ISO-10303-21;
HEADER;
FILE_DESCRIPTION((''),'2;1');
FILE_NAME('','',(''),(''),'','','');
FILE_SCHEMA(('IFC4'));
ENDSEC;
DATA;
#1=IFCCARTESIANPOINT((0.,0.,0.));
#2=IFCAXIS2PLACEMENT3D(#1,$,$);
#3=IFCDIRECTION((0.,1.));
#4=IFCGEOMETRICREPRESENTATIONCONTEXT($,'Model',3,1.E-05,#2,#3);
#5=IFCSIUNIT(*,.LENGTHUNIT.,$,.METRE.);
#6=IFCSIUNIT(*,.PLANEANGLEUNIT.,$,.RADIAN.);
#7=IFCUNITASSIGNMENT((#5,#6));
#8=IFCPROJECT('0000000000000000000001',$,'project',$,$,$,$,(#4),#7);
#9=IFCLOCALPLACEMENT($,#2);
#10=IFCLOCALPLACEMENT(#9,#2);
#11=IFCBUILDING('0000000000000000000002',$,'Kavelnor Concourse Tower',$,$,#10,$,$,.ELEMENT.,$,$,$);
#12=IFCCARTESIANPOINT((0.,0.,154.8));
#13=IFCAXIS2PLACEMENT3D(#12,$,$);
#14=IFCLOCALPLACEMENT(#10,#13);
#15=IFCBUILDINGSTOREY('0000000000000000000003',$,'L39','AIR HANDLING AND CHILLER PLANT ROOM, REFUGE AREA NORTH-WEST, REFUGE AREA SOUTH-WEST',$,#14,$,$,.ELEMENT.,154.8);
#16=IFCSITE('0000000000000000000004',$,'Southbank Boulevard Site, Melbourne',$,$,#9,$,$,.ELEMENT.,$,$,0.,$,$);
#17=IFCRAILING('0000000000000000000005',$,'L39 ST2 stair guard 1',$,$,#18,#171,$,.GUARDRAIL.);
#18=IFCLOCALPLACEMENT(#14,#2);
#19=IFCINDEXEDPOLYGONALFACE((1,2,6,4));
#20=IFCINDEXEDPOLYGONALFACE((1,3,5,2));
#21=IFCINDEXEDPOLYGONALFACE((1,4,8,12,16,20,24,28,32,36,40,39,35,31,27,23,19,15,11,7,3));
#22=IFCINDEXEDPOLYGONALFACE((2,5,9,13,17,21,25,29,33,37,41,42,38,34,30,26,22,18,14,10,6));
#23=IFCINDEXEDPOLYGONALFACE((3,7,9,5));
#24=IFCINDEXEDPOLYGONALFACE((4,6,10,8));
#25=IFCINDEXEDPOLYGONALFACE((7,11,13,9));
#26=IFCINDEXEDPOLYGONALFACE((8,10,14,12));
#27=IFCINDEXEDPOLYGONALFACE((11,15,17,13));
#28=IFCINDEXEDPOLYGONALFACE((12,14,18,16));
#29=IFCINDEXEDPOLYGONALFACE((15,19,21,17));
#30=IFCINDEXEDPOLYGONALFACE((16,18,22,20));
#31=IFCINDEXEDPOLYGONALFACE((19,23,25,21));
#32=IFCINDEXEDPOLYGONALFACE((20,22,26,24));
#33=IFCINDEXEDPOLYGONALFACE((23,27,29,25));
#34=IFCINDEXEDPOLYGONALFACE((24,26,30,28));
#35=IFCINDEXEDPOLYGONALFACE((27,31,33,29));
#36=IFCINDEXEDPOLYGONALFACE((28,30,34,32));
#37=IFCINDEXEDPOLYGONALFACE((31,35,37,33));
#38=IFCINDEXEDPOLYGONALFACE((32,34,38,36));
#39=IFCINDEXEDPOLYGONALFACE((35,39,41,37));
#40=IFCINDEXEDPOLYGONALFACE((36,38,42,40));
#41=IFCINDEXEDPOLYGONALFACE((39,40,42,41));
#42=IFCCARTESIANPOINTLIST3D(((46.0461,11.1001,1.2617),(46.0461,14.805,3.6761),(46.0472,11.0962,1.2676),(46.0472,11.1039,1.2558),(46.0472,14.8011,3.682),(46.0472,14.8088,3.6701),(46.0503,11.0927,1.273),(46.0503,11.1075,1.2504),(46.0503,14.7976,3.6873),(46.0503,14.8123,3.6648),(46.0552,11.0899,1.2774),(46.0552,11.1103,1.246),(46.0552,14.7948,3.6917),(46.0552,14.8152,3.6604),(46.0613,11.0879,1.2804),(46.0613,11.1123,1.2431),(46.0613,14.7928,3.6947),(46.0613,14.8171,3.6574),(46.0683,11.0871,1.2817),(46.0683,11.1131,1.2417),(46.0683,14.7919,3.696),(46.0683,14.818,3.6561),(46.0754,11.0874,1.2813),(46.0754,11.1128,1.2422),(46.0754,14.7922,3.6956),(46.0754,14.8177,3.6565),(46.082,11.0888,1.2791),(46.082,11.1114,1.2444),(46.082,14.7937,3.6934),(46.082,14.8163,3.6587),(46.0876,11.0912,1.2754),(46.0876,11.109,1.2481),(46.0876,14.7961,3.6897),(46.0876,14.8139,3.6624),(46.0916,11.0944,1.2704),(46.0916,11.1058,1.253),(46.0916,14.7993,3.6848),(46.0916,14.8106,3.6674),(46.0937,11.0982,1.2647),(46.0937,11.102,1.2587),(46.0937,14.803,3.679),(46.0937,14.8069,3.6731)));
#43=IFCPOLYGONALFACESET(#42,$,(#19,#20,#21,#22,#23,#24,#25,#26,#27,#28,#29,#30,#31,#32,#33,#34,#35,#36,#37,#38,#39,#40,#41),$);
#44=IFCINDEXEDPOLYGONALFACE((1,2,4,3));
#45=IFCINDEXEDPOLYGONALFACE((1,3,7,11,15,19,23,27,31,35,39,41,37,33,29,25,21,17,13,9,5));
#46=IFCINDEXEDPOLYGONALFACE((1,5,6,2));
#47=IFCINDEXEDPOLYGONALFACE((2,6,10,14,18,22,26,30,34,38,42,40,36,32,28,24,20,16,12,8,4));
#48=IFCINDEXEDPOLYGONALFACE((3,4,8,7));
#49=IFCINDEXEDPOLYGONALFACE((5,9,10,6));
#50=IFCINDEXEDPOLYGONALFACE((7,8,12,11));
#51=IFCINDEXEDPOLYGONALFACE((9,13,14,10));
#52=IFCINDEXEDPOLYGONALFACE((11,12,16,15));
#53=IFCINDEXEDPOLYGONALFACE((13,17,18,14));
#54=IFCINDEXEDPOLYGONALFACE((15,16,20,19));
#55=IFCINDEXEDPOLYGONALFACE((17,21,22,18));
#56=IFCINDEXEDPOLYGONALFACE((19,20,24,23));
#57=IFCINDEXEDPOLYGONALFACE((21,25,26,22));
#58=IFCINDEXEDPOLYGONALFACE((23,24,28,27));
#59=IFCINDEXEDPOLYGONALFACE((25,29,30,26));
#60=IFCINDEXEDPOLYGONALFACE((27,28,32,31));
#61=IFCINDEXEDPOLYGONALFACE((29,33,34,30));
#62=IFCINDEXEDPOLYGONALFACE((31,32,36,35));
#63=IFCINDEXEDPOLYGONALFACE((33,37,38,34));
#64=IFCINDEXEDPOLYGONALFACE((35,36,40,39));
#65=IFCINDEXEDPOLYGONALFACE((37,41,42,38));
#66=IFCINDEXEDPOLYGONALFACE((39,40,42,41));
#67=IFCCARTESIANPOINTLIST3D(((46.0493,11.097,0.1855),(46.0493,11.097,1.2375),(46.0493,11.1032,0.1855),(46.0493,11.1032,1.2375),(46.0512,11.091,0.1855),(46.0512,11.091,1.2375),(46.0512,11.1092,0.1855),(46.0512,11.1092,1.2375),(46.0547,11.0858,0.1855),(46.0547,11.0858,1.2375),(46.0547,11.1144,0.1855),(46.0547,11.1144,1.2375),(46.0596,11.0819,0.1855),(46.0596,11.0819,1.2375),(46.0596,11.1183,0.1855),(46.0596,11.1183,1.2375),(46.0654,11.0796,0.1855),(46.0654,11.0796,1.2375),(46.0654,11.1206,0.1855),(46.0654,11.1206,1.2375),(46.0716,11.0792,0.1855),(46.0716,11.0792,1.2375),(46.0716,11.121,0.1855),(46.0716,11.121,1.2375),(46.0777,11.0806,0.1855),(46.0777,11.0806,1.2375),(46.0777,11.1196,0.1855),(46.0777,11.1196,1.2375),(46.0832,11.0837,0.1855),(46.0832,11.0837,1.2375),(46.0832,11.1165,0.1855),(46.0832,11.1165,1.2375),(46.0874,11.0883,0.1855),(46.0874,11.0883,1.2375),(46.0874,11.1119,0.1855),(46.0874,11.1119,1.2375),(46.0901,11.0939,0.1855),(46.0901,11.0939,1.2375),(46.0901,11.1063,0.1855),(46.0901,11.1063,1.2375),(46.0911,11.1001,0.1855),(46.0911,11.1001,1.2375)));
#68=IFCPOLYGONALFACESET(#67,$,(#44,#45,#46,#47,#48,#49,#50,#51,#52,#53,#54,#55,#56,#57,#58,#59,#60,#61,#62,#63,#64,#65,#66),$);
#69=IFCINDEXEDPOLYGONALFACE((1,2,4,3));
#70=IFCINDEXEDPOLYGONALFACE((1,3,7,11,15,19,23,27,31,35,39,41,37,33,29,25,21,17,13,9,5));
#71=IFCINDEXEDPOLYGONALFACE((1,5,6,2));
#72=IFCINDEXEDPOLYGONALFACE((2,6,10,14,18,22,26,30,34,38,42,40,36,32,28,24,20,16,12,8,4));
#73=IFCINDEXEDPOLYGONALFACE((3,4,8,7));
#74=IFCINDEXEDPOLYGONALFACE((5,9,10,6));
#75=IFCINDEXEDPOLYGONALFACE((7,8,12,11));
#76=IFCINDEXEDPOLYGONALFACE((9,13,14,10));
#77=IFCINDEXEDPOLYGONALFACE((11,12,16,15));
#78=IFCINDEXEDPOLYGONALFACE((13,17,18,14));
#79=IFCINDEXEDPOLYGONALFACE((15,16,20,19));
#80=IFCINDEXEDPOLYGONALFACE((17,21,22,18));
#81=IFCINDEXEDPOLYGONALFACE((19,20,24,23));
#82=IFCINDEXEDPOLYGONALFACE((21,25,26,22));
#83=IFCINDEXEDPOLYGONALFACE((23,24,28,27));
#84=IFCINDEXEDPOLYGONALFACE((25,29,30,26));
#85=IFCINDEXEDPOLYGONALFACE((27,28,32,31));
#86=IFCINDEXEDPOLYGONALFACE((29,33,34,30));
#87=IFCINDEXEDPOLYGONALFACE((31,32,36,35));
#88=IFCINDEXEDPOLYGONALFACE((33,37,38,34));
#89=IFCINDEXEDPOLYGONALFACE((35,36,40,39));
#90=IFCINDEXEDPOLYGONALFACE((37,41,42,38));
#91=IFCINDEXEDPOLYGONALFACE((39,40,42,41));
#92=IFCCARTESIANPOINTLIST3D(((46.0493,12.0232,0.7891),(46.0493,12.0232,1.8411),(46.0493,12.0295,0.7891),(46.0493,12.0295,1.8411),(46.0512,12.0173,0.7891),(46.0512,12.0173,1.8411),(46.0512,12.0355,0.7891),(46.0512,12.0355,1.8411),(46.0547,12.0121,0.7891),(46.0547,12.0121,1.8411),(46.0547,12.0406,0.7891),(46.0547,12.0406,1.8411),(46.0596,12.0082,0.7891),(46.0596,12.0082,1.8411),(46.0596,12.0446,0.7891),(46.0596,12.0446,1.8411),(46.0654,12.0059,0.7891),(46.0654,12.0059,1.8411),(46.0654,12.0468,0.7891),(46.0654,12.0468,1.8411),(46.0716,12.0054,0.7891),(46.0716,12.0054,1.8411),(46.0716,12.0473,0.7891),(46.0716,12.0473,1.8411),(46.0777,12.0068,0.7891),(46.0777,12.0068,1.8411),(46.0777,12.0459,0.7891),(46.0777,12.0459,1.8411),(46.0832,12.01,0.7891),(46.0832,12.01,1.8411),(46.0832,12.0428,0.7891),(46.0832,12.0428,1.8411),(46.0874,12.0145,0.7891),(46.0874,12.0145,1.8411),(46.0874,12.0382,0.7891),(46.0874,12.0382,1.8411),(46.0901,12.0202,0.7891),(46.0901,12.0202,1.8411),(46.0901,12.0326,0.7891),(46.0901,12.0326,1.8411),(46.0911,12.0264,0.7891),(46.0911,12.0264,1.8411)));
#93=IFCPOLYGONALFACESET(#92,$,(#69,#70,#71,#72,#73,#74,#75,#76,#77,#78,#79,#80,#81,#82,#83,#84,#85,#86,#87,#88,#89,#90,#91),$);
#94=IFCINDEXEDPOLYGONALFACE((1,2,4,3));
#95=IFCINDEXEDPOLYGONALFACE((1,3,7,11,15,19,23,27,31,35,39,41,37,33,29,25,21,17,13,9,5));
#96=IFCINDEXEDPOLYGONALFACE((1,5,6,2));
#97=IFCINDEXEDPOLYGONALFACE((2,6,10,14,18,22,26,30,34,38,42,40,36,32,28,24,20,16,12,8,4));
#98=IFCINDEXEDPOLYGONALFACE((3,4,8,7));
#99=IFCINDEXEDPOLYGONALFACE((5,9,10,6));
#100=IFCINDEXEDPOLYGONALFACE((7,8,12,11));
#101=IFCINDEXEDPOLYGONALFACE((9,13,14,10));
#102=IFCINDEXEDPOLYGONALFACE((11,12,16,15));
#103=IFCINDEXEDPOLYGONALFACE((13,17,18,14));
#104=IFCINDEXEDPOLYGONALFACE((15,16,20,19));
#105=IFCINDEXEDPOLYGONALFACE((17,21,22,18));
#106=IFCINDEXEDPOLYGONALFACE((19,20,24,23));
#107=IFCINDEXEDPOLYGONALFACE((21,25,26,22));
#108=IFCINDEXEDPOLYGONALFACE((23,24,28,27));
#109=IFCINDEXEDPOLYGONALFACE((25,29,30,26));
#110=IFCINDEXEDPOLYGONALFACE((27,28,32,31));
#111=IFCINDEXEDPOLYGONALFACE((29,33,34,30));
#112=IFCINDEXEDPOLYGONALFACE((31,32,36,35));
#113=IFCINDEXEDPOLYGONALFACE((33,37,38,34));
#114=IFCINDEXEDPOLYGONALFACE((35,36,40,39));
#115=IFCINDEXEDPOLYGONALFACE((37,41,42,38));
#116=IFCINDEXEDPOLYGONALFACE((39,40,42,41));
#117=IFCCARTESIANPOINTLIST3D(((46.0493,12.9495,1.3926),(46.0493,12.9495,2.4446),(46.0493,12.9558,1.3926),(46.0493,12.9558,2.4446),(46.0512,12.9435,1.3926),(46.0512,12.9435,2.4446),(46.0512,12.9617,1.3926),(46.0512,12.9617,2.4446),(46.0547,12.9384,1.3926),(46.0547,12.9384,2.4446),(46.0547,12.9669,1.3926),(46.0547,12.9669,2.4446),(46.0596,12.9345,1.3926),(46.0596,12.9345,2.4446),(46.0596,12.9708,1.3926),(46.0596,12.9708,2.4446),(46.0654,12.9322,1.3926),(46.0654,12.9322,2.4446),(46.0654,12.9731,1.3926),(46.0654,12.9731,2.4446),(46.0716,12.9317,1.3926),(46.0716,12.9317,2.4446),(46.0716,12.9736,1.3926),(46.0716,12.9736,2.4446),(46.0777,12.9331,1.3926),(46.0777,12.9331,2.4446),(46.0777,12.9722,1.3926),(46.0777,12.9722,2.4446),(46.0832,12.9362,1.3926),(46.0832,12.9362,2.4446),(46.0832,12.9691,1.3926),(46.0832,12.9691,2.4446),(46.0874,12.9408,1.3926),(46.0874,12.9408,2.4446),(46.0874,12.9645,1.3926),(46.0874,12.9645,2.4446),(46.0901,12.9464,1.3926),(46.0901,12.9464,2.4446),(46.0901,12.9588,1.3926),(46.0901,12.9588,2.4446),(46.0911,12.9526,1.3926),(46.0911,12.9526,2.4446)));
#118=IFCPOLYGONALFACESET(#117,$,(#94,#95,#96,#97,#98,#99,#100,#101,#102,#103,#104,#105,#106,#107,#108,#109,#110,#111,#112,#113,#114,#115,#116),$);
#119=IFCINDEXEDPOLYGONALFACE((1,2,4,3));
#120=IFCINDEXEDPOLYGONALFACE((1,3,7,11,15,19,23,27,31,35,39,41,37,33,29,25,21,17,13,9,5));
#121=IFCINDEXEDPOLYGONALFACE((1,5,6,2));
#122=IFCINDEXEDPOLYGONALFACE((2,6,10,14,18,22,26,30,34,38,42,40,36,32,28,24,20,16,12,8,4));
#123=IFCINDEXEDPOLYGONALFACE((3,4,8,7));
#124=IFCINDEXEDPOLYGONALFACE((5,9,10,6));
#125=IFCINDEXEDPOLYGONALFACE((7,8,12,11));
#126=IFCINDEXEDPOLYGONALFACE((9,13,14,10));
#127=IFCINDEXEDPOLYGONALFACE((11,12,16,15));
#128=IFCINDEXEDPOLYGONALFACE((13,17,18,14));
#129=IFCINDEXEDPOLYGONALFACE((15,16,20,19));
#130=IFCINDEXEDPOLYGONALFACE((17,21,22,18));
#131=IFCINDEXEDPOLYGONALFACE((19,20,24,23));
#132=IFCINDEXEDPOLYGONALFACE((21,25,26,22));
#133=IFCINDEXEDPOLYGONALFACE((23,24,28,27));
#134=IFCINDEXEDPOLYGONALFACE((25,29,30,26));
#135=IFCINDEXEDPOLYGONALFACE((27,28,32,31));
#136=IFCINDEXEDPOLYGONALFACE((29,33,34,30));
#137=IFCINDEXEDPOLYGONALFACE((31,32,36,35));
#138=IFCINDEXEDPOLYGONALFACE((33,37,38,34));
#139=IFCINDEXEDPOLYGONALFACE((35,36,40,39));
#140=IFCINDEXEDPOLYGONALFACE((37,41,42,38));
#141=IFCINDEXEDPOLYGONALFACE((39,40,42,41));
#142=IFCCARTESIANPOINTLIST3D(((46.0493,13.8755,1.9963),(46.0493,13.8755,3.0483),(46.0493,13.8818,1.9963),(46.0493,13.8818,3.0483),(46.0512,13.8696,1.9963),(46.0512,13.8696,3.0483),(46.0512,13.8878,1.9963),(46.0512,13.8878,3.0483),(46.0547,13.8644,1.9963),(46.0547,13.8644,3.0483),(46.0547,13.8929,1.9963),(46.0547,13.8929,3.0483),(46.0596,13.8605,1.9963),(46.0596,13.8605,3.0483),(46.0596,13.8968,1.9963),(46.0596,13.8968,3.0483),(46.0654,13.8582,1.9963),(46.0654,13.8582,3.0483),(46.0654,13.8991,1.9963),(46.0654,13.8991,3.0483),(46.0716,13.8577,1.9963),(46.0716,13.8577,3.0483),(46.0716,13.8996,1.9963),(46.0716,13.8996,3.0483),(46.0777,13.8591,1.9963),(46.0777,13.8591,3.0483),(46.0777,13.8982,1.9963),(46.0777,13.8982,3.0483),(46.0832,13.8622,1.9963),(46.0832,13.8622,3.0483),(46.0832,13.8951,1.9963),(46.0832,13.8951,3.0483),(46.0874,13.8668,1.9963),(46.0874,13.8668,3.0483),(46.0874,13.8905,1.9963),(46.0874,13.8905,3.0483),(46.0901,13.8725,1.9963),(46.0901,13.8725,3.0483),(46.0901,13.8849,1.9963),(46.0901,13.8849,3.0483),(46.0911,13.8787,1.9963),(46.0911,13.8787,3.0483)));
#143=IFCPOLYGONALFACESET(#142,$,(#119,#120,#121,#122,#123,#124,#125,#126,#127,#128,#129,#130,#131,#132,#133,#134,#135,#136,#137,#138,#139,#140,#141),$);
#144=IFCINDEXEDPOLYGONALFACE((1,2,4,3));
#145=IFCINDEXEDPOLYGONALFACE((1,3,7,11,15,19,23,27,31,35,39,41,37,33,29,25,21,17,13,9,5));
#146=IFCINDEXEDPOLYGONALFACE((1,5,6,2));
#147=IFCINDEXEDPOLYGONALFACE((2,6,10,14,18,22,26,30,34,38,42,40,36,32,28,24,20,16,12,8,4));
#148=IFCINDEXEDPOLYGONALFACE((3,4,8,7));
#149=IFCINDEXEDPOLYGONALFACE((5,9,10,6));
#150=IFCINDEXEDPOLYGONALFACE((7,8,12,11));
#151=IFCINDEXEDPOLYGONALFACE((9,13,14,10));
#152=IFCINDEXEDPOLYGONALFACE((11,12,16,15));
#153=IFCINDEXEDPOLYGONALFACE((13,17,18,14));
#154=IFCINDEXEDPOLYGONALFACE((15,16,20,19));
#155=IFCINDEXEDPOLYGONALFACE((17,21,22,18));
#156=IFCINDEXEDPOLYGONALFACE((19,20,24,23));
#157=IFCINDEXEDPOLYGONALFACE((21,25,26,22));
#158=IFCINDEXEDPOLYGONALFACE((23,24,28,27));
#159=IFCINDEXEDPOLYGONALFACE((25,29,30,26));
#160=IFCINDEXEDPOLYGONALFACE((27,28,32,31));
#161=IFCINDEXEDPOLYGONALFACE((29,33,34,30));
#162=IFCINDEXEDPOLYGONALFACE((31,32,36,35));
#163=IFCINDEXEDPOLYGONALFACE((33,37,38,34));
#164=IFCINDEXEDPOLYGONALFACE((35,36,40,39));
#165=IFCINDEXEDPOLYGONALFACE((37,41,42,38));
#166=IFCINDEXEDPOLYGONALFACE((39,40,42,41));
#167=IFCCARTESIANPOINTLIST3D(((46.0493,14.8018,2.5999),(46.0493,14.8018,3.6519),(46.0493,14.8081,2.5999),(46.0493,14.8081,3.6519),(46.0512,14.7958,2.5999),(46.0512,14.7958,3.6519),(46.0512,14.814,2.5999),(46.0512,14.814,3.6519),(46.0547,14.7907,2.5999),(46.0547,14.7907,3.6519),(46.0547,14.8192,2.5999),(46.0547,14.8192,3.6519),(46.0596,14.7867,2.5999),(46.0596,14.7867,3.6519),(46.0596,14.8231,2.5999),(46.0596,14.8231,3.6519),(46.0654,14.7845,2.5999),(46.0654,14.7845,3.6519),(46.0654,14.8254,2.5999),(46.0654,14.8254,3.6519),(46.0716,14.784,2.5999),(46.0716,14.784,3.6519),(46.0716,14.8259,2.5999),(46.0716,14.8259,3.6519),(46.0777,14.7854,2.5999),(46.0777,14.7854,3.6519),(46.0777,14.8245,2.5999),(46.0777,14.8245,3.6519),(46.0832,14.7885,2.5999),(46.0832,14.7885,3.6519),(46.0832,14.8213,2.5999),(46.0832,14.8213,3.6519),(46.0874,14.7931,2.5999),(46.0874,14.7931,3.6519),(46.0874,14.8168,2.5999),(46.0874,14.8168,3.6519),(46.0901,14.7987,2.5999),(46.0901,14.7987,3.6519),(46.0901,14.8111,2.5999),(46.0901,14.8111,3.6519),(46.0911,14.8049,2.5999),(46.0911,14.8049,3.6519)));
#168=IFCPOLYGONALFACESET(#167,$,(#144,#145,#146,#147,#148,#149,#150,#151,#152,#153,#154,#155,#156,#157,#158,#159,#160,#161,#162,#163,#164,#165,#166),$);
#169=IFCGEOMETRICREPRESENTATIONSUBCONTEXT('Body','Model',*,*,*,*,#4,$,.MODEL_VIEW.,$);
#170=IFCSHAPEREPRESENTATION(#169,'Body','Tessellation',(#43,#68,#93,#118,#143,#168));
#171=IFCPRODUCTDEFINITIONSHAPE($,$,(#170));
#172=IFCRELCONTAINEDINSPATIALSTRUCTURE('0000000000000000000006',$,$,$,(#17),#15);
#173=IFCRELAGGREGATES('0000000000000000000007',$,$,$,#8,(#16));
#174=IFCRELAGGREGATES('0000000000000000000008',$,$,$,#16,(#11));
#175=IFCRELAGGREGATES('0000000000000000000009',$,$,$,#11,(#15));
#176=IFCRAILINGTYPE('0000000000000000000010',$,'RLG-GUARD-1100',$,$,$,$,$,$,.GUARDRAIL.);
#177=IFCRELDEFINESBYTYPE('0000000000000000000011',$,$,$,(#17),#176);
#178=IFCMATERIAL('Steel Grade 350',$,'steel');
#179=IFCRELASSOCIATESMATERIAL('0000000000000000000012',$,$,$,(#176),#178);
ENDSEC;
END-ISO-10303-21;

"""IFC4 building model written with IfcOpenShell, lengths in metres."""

from ifc_helpers import new_model, si_unit, direction, frame, origin, origin_2d, place, context, subcontext, project, spatial, circle, extrude, material, type_object, element, save


model = new_model("IFC4")

# Units and contexts
model_context = context("Model", 3, precision=1e-05, world=origin(), true_north=direction((0.0, 1.0)))
body_context = subcontext(model_context, "Body", "Model", "MODEL_VIEW")
ifc_project = project(units=[si_unit("LENGTHUNIT", "METRE"), si_unit("PLANEANGLEUNIT", "RADIAN")], contexts=[model_context])

# Site, building, storey
site_placement = place(None, origin())
site = spatial("IfcSite", under=ifc_project, at=site_placement, Name="Southbank Boulevard Site, Melbourne", CompositionType="ELEMENT", RefElevation=0.0)
building_placement = place(site_placement, origin())
building = spatial("IfcBuilding", under=site, at=building_placement, Name="Kavelnor Concourse Tower", CompositionType="ELEMENT")
storey_placement = place(building_placement, frame((0.0, 0.0, 154.8)))
storey = spatial("IfcBuildingStorey", under=building, at=storey_placement, Name="L39", Description="AIR HANDLING AND CHILLER PLANT ROOM, REFUGE AREA NORTH-WEST, REFUGE AREA SOUTH-WEST", CompositionType="ELEMENT", Elevation=154.8)

# Shared definitions
ifc_material_1 = material(Name="Steel Grade 350", Category="steel")

# Railing
railing_type_1 = type_object("IfcRailingType", Name="RLG-GUARD-1100", PredefinedType="GUARDRAIL", material=ifc_material_1)
railing_1_placement = place(storey_placement, frame((46.0701, 11.1001, 0.1855)))
element("IfcRailing", 1, at=railing_1_placement, inside=storey, type_object=railing_type_1, Name="L39 ST2 stair guard 1", PredefinedType="GUARDRAIL", context=body_context, shape_type="SweptSolid", body=[
    extrude(circle(Radius=0.0239, at=origin_2d()), frame((0.0, 0.0, 1.0762), z_axis=(0.0, 0.837806, 0.545968), x_axis=(-1.0, 0.0, 0.0)), (0.0, 0.0, 1.0), 4.4221),
    extrude(circle(Radius=0.021, at=origin_2d()), origin(), (0.0, 0.0, 1.0), 1.052),
    extrude(circle(Radius=0.021, at=origin_2d()), frame((0.0, 0.9263, 0.6035)), (0.0, 0.0, 1.0), 1.052),
    extrude(circle(Radius=0.021, at=origin_2d()), frame((0.0, 1.8525, 1.207)), (0.0, 0.0, 1.0), 1.052),
    extrude(circle(Radius=0.021, at=origin_2d()), frame((0.0, 2.7786, 1.8108)), (0.0, 0.0, 1.0), 1.052),
    extrude(circle(Radius=0.021, at=origin_2d()), frame((0.0, 3.7048, 2.4143)), (0.0, 0.0, 1.0), 1.052),
])

save(model, "model.ifc")
